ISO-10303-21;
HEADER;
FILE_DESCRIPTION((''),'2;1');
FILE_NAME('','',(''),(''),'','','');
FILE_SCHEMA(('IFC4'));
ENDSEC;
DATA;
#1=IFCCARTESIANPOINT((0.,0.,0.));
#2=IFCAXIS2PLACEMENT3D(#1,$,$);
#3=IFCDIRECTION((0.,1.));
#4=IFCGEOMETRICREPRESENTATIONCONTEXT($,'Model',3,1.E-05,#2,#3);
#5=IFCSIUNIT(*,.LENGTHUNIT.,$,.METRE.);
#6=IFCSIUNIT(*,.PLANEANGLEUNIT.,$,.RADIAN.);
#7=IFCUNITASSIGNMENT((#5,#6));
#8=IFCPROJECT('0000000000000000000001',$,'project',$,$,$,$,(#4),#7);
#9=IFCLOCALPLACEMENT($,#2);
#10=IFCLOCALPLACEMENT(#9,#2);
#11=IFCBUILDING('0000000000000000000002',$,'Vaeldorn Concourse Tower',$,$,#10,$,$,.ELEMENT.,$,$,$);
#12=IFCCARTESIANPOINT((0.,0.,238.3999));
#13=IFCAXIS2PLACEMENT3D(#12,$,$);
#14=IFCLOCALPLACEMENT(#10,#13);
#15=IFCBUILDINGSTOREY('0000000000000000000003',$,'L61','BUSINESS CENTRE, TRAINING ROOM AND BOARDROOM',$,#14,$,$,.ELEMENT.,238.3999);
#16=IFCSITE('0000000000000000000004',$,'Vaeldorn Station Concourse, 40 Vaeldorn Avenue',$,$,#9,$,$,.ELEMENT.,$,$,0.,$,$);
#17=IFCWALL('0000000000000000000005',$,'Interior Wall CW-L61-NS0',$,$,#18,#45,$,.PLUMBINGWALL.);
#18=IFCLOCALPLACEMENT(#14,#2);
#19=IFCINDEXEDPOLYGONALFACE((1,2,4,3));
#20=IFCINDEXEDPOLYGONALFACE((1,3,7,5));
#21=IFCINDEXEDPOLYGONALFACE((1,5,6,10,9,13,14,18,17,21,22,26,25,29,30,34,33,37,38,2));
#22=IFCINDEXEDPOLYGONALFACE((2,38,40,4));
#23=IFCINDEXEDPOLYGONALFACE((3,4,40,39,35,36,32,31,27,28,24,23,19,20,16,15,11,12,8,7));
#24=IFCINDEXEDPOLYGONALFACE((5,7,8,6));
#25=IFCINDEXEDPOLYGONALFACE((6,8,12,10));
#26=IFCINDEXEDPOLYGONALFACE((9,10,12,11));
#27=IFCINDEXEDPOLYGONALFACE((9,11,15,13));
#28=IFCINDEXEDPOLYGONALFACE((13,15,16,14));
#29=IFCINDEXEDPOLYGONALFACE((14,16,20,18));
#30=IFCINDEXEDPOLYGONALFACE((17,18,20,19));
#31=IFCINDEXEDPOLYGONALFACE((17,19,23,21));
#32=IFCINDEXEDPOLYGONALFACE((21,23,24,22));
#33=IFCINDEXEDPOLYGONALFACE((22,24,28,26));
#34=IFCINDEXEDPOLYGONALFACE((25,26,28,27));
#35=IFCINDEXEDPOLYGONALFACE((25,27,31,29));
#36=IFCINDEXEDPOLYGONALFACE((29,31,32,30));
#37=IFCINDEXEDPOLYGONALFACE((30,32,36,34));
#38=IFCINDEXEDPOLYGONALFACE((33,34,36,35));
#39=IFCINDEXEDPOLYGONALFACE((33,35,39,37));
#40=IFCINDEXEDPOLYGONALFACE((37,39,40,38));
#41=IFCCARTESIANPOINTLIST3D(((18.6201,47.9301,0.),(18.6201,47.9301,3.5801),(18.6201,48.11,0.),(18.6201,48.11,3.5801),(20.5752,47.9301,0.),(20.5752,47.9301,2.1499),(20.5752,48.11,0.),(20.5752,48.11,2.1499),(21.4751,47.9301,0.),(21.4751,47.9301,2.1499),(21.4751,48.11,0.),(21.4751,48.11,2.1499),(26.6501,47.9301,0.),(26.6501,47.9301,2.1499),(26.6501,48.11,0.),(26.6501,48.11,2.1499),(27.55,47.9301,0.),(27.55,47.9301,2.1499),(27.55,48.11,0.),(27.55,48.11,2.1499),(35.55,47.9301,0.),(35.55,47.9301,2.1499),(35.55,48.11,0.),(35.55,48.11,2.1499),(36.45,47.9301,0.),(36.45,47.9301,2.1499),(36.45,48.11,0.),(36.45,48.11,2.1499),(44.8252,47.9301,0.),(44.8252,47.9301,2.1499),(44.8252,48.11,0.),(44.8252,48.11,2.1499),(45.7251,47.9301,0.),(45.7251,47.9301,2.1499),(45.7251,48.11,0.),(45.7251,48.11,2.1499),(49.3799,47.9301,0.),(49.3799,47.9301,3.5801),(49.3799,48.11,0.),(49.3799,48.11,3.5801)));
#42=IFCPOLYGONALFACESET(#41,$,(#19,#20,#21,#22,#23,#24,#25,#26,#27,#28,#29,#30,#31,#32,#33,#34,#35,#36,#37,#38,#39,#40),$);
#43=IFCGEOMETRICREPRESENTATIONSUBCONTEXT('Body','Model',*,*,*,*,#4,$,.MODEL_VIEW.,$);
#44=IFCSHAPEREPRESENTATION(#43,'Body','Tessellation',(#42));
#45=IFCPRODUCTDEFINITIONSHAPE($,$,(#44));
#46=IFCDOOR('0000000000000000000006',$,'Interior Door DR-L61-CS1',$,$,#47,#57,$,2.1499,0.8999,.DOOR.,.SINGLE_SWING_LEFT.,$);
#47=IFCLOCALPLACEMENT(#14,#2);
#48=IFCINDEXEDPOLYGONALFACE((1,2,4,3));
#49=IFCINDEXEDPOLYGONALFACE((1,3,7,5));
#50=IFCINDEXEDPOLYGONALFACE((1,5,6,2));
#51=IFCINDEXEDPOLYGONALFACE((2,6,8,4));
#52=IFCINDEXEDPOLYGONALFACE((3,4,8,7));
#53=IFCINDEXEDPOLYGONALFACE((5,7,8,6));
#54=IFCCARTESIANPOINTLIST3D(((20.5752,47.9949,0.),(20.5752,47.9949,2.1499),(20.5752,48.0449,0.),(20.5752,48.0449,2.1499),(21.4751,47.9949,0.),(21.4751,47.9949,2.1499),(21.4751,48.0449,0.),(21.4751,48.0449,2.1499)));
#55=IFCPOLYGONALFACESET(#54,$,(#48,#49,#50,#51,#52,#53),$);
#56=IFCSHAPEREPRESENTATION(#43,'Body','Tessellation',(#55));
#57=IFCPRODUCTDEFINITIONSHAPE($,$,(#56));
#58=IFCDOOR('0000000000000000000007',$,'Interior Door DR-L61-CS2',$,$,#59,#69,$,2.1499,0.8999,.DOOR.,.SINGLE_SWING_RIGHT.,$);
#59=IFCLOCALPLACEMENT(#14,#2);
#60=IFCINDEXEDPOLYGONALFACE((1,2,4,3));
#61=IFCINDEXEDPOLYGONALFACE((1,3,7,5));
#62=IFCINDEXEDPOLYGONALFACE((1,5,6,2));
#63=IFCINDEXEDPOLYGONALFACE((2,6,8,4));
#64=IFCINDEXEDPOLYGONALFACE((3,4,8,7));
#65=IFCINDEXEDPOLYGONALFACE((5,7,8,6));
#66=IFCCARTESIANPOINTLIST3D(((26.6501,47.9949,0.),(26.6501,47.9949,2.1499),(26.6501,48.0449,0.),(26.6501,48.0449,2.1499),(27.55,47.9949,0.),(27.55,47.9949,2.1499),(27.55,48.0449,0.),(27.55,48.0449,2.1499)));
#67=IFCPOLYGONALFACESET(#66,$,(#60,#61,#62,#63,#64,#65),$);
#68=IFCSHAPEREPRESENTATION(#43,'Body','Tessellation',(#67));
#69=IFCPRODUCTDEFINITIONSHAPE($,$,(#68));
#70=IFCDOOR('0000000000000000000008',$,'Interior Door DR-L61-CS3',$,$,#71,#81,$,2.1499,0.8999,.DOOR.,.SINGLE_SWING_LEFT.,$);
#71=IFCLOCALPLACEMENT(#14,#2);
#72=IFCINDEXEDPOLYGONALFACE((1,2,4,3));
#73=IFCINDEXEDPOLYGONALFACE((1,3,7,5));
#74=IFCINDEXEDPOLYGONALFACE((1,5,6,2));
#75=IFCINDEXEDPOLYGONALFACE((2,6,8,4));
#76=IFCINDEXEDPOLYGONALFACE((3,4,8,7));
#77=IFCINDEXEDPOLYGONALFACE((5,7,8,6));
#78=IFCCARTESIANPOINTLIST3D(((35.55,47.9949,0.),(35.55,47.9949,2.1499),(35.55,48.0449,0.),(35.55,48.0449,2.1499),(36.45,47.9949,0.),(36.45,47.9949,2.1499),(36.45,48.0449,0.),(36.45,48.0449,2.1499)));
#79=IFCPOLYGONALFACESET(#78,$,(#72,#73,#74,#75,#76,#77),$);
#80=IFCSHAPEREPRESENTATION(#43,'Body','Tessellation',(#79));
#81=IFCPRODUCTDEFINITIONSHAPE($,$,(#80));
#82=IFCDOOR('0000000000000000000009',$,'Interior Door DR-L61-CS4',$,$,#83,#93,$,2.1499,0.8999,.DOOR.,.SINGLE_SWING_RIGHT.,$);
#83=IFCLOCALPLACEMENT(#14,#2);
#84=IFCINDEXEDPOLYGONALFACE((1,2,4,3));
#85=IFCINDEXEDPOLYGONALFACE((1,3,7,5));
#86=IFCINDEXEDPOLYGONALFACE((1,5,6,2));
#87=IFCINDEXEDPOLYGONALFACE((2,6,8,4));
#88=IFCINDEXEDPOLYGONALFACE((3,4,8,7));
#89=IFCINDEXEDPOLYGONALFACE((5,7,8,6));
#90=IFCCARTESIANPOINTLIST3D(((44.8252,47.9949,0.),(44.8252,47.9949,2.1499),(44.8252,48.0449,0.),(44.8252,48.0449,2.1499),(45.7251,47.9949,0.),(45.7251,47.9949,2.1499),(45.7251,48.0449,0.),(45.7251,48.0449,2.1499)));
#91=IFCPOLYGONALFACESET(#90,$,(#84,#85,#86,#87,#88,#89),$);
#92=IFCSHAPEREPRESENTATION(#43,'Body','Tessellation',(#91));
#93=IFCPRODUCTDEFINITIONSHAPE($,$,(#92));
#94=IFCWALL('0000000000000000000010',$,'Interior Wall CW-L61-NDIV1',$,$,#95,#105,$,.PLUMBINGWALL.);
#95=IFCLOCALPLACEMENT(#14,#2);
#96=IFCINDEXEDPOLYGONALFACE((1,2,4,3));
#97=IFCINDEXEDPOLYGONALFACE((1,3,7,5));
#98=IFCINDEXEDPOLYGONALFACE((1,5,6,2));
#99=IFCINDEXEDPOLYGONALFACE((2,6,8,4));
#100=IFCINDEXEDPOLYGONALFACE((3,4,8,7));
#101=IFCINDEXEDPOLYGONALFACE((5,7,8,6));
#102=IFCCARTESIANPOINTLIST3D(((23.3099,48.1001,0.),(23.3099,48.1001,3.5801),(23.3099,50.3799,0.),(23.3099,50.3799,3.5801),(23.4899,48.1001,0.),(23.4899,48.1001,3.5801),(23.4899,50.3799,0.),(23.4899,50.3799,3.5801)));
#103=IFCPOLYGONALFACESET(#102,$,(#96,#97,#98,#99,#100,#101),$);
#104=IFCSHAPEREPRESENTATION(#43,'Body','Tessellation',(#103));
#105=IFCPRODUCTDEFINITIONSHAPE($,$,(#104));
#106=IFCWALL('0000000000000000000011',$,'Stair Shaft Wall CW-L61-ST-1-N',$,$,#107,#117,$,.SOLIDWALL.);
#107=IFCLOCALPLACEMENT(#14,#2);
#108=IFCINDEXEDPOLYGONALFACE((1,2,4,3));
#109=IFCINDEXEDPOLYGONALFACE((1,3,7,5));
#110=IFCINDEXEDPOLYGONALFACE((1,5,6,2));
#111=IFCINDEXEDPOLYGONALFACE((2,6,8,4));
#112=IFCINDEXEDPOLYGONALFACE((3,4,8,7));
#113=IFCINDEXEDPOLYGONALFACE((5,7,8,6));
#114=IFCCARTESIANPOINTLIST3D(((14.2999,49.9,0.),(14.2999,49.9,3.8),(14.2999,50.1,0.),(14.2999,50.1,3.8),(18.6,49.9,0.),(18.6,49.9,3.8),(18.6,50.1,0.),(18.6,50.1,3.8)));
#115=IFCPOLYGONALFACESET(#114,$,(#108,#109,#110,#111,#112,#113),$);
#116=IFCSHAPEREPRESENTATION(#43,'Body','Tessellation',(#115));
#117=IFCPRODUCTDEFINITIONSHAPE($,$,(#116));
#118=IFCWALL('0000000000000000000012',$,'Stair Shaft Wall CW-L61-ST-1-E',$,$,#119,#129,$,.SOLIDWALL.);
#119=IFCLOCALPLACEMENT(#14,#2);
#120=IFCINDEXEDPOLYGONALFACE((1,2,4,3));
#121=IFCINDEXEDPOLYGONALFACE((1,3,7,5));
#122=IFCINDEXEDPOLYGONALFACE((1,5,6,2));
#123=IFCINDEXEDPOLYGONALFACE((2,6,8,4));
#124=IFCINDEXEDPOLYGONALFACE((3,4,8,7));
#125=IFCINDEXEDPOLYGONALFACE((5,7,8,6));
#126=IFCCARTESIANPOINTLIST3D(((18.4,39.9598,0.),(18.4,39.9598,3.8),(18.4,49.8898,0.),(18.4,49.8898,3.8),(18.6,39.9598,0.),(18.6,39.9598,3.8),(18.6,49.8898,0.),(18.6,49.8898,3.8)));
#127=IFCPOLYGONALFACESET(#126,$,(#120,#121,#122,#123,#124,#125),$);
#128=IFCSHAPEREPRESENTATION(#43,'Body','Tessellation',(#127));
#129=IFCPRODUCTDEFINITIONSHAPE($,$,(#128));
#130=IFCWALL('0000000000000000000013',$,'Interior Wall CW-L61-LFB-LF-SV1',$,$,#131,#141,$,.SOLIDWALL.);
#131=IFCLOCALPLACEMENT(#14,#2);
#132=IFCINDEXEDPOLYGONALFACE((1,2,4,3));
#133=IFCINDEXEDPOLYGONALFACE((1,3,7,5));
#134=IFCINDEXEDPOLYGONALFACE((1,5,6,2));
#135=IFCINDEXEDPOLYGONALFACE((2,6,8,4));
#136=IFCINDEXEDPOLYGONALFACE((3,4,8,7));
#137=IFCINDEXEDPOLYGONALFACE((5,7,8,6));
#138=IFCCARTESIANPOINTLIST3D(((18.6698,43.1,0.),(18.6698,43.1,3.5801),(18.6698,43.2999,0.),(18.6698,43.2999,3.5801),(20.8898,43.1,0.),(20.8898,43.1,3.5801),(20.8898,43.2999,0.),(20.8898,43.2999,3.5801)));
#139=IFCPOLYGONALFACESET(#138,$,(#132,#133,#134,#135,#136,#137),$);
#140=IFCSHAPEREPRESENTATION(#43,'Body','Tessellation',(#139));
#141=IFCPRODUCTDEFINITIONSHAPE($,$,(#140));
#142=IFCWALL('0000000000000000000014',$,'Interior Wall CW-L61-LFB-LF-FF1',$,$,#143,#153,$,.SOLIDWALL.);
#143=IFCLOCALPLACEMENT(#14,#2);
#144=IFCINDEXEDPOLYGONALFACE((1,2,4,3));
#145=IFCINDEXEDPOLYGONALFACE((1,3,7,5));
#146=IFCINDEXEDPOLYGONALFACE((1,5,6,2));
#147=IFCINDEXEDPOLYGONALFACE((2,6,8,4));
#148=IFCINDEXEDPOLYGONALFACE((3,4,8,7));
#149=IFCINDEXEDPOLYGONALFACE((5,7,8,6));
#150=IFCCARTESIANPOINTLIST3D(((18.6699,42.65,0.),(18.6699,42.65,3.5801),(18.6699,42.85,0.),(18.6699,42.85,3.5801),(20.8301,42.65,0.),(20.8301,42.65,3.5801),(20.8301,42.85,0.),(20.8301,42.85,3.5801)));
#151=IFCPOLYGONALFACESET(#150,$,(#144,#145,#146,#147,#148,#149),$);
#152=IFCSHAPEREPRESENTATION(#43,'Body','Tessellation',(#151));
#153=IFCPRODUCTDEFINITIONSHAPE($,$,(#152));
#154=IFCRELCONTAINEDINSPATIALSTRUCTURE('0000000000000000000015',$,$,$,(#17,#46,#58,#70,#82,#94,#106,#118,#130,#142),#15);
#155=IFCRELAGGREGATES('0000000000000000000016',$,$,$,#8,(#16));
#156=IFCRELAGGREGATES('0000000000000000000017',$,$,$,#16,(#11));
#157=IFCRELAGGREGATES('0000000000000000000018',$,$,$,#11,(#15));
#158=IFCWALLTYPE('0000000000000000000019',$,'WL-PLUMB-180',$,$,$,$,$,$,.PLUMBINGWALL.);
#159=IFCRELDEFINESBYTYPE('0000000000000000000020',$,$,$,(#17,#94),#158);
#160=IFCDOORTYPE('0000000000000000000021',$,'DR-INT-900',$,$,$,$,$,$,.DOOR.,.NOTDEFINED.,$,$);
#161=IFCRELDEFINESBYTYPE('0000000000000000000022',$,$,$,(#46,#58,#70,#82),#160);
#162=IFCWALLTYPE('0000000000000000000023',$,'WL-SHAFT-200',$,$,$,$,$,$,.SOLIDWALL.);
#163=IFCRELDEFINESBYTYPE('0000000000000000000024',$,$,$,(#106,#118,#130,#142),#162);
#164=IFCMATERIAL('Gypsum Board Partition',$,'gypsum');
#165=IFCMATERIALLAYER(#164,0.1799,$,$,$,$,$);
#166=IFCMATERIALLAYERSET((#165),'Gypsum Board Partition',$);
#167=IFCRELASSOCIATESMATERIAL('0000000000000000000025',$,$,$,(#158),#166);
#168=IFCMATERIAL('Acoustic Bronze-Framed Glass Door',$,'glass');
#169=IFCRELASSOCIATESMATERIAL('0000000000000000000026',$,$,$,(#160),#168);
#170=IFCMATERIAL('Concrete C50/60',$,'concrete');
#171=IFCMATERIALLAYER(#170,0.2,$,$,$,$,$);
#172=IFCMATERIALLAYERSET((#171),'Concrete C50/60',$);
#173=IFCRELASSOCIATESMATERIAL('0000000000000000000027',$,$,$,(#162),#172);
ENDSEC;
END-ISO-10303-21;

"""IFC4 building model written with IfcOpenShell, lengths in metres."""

from ifc_helpers import new_model, si_unit, direction, frame, frame_2d, origin, place, context, subcontext, project, spatial, rectangle, extrude, source, transform, mapped, material, layer, layer_set, type_object, element, fill, save


model = new_model("IFC4")

# Units and contexts
model_context = context("Model", 3, precision=1e-05, world=origin(), true_north=direction((0.0, 1.0)))
body_context = subcontext(model_context, "Body", "Model", "MODEL_VIEW")
ifc_project = project(units=[si_unit("LENGTHUNIT", "METRE"), si_unit("PLANEANGLEUNIT", "RADIAN")], contexts=[model_context])

# Site, building, storey
site_placement = place(None, origin())
site = spatial("IfcSite", under=ifc_project, at=site_placement, Name="Vaeldorn Station Concourse, 40 Vaeldorn Avenue", CompositionType="ELEMENT", RefElevation=0.0)
building_placement = place(site_placement, origin())
building = spatial("IfcBuilding", under=site, at=building_placement, Name="Vaeldorn Concourse Tower", CompositionType="ELEMENT")
storey_placement = place(building_placement, frame((0.0, 0.0, 238.3999)))
storey = spatial("IfcBuildingStorey", under=building, at=storey_placement, Name="L61", Description="BUSINESS CENTRE, TRAINING ROOM AND BOARDROOM", CompositionType="ELEMENT", Elevation=238.3999)

# Shared definitions
ifc_material_1 = material(Name="Concrete C50/60", Category="concrete")
ifc_material_2 = material(Name="Gypsum Board Partition", Category="gypsum")

# Wall, openings, doors
ifc_layer_1 = layer(ifc_material_2, 0.1799)
ifc_layer_set_1 = layer_set([ifc_layer_1], Name="Gypsum Board Partition")
wall_type_1 = type_object("IfcWallType", Name="WL-PLUMB-180", PredefinedType="PLUMBINGWALL", material=ifc_layer_set_1)
wall_1_placement = place(storey_placement, frame((18.6201, 48.02, 0.0), z_axis=(0.0, 0.0, 1.0), x_axis=(1.0, 0.0, 0.0)))
wall_1 = element("IfcWall", 1, at=wall_1_placement, inside=storey, type_object=wall_type_1, Name="Interior Wall CW-L61-NS0", PredefinedType="PLUMBINGWALL", context=body_context, shape_type="SweptSolid", body=[
    extrude(rectangle(XDim=30.7598, YDim=0.1799, at=frame_2d((15.3799, 0.0))), origin(), (0.0, 0.0, 1.0), 3.5801),
])
opening_1_placement = place(wall_1_placement, frame((1.9551, 0.0, 0.0)))
opening_1 = element("IfcOpeningElement", 2, at=opening_1_placement, cuts=wall_1, PredefinedType="OPENING", context=body_context, shape_type="SweptSolid", body=[
    extrude(rectangle(XDim=0.8999, YDim=2.1499, at=frame_2d((0.45, 1.075))), frame((0.0, 0.1001, 0.0), z_axis=(0.0, -1.0, 0.0), x_axis=(1.0, 0.0, 0.0)), (0.0, 0.0, 1.0), 0.2),
])
opening_2_placement = place(wall_1_placement, frame((8.03, 0.0, 0.0)))
opening_2 = element("IfcOpeningElement", 3, at=opening_2_placement, cuts=wall_1, PredefinedType="OPENING", context=body_context, shape_type="SweptSolid", body=[
    extrude(rectangle(XDim=0.8999, YDim=2.1499, at=frame_2d((0.45, 1.075))), frame((0.0, 0.1001, 0.0), z_axis=(0.0, -1.0, 0.0), x_axis=(1.0, 0.0, 0.0)), (0.0, 0.0, 1.0), 0.2),
])
opening_3_placement = place(wall_1_placement, frame((16.9299, 0.0, 0.0)))
opening_3 = element("IfcOpeningElement", 4, at=opening_3_placement, cuts=wall_1, PredefinedType="OPENING", context=body_context, shape_type="SweptSolid", body=[
    extrude(rectangle(XDim=0.8999, YDim=2.1499, at=frame_2d((0.45, 1.075))), frame((0.0, 0.1001, 0.0), z_axis=(0.0, -1.0, 0.0), x_axis=(1.0, 0.0, 0.0)), (0.0, 0.0, 1.0), 0.2),
])
opening_4_placement = place(wall_1_placement, frame((26.2051, 0.0, 0.0)))
opening_4 = element("IfcOpeningElement", 5, at=opening_4_placement, cuts=wall_1, PredefinedType="OPENING", context=body_context, shape_type="SweptSolid", body=[
    extrude(rectangle(XDim=0.8999, YDim=2.1499, at=frame_2d((0.45, 1.075))), frame((0.0, 0.1001, 0.0), z_axis=(0.0, -1.0, 0.0), x_axis=(1.0, 0.0, 0.0)), (0.0, 0.0, 1.0), 0.2),
])
ifc_material_3 = material(Name="Acoustic Bronze-Framed Glass Door", Category="glass")
door_type_1 = type_object("IfcDoorType", Name="DR-INT-900", OperationType="NOTDEFINED", PredefinedType="DOOR", material=ifc_material_3)
shared_shape_1 = source(origin(), body_context, "Body", "SweptSolid", [
    extrude(rectangle(XDim=0.8999, YDim=2.1499, at=frame_2d((0.45, 1.075))), frame((0.0, 0.0249, 0.0), z_axis=(0.0, -1.0, 0.0), x_axis=(1.0, 0.0, 0.0)), (0.0, 0.0, 1.0), 0.05),
])
door_1_placement = place(opening_1_placement, origin())
door_1 = element("IfcDoor", 6, at=door_1_placement, inside=storey, type_object=door_type_1, Name="Interior Door DR-L61-CS1", OperationType="SINGLE_SWING_LEFT", OverallHeight=2.1499, OverallWidth=0.8999, PredefinedType="DOOR", context=body_context, shape_type="MappedRepresentation", body=[
    mapped(shared_shape_1, transform((0.0, 0.0, 0.0), scale=1.0)),
])
fill(opening_1, door_1)
door_2_placement = place(opening_2_placement, origin())
door_2 = element("IfcDoor", 7, at=door_2_placement, inside=storey, type_object=door_type_1, Name="Interior Door DR-L61-CS2", OperationType="SINGLE_SWING_RIGHT", OverallHeight=2.1499, OverallWidth=0.8999, PredefinedType="DOOR", context=body_context, shape_type="MappedRepresentation", body=[
    mapped(shared_shape_1, transform((0.0, 0.0, 0.0), scale=1.0)),
])
fill(opening_2, door_2)
door_3_placement = place(opening_3_placement, origin())
door_3 = element("IfcDoor", 8, at=door_3_placement, inside=storey, type_object=door_type_1, Name="Interior Door DR-L61-CS3", OperationType="SINGLE_SWING_LEFT", OverallHeight=2.1499, OverallWidth=0.8999, PredefinedType="DOOR", context=body_context, shape_type="MappedRepresentation", body=[
    mapped(shared_shape_1, transform((0.0, 0.0, 0.0), scale=1.0)),
])
fill(opening_3, door_3)
door_4_placement = place(opening_4_placement, origin())
door_4 = element("IfcDoor", 9, at=door_4_placement, inside=storey, type_object=door_type_1, Name="Interior Door DR-L61-CS4", OperationType="SINGLE_SWING_RIGHT", OverallHeight=2.1499, OverallWidth=0.8999, PredefinedType="DOOR", context=body_context, shape_type="MappedRepresentation", body=[
    mapped(shared_shape_1, transform((0.0, 0.0, 0.0), scale=1.0)),
])
fill(opening_4, door_4)

# Walls
wall_2_placement = place(storey_placement, frame((23.3999, 48.1001, 0.0), z_axis=(0.0, 0.0, 1.0), x_axis=(0.0, 1.0, 0.0)))
element("IfcWall", 10, at=wall_2_placement, inside=storey, type_object=wall_type_1, Name="Interior Wall CW-L61-NDIV1", PredefinedType="PLUMBINGWALL", context=body_context, shape_type="SweptSolid", body=[
    extrude(rectangle(XDim=2.2798, YDim=0.1799, at=frame_2d((1.1399, 0.0))), origin(), (0.0, 0.0, 1.0), 3.5801),
])
ifc_layer_2 = layer(ifc_material_1, 0.2)
ifc_layer_set_2 = layer_set([ifc_layer_2], Name="Concrete C50/60")
wall_type_2 = type_object("IfcWallType", Name="WL-SHAFT-200", PredefinedType="SOLIDWALL", material=ifc_layer_set_2)
wall_3_placement = place(storey_placement, frame((14.3, 50.0, 0.0), z_axis=(0.0, 0.0, 1.0), x_axis=(1.0, 0.0, 0.0)))
element("IfcWall", 11, at=wall_3_placement, inside=storey, type_object=wall_type_2, Name="Stair Shaft Wall CW-L61-ST-1-N", PredefinedType="SOLIDWALL", context=body_context, shape_type="SweptSolid", body=[
    extrude(rectangle(XDim=4.3, YDim=0.2, at=frame_2d((2.1499, 0.0))), origin(), (0.0, 0.0, 1.0), 3.8),
])
wall_4_placement = place(storey_placement, frame((18.5, 39.96, 0.0), z_axis=(0.0, 0.0, 1.0), x_axis=(0.0, 1.0, 0.0)))
element("IfcWall", 12, at=wall_4_placement, inside=storey, type_object=wall_type_2, Name="Stair Shaft Wall CW-L61-ST-1-E", PredefinedType="SOLIDWALL", context=body_context, shape_type="SweptSolid", body=[
    extrude(rectangle(XDim=9.9299, YDim=0.2, at=frame_2d((4.9648, 0.0))), origin(), (0.0, 0.0, 1.0), 3.8),
])

# Walls
wall_5_placement = place(storey_placement, frame((18.6699, 43.2, 0.0), z_axis=(0.0, 0.0, 1.0), x_axis=(1.0, 0.0, 0.0)))
element("IfcWall", 13, at=wall_5_placement, inside=storey, type_object=wall_type_2, Name="Interior Wall CW-L61-LFB-LF-SV1", PredefinedType="SOLIDWALL", context=body_context, shape_type="SweptSolid", body=[
    extrude(rectangle(XDim=2.22, YDim=0.2, at=frame_2d((1.1099, 0.0))), origin(), (0.0, 0.0, 1.0), 3.5801),
])
wall_6_placement = place(storey_placement, frame((18.6699, 42.75, 0.0), z_axis=(0.0, 0.0, 1.0), x_axis=(1.0, 0.0, 0.0)))
element("IfcWall", 14, at=wall_6_placement, inside=storey, type_object=wall_type_2, Name="Interior Wall CW-L61-LFB-LF-FF1", PredefinedType="SOLIDWALL", context=body_context, shape_type="SweptSolid", body=[
    extrude(rectangle(XDim=2.1602, YDim=0.2, at=frame_2d((1.0801, 0.0))), origin(), (0.0, 0.0, 1.0), 3.5801),
])

save(model, "model.ifc")
